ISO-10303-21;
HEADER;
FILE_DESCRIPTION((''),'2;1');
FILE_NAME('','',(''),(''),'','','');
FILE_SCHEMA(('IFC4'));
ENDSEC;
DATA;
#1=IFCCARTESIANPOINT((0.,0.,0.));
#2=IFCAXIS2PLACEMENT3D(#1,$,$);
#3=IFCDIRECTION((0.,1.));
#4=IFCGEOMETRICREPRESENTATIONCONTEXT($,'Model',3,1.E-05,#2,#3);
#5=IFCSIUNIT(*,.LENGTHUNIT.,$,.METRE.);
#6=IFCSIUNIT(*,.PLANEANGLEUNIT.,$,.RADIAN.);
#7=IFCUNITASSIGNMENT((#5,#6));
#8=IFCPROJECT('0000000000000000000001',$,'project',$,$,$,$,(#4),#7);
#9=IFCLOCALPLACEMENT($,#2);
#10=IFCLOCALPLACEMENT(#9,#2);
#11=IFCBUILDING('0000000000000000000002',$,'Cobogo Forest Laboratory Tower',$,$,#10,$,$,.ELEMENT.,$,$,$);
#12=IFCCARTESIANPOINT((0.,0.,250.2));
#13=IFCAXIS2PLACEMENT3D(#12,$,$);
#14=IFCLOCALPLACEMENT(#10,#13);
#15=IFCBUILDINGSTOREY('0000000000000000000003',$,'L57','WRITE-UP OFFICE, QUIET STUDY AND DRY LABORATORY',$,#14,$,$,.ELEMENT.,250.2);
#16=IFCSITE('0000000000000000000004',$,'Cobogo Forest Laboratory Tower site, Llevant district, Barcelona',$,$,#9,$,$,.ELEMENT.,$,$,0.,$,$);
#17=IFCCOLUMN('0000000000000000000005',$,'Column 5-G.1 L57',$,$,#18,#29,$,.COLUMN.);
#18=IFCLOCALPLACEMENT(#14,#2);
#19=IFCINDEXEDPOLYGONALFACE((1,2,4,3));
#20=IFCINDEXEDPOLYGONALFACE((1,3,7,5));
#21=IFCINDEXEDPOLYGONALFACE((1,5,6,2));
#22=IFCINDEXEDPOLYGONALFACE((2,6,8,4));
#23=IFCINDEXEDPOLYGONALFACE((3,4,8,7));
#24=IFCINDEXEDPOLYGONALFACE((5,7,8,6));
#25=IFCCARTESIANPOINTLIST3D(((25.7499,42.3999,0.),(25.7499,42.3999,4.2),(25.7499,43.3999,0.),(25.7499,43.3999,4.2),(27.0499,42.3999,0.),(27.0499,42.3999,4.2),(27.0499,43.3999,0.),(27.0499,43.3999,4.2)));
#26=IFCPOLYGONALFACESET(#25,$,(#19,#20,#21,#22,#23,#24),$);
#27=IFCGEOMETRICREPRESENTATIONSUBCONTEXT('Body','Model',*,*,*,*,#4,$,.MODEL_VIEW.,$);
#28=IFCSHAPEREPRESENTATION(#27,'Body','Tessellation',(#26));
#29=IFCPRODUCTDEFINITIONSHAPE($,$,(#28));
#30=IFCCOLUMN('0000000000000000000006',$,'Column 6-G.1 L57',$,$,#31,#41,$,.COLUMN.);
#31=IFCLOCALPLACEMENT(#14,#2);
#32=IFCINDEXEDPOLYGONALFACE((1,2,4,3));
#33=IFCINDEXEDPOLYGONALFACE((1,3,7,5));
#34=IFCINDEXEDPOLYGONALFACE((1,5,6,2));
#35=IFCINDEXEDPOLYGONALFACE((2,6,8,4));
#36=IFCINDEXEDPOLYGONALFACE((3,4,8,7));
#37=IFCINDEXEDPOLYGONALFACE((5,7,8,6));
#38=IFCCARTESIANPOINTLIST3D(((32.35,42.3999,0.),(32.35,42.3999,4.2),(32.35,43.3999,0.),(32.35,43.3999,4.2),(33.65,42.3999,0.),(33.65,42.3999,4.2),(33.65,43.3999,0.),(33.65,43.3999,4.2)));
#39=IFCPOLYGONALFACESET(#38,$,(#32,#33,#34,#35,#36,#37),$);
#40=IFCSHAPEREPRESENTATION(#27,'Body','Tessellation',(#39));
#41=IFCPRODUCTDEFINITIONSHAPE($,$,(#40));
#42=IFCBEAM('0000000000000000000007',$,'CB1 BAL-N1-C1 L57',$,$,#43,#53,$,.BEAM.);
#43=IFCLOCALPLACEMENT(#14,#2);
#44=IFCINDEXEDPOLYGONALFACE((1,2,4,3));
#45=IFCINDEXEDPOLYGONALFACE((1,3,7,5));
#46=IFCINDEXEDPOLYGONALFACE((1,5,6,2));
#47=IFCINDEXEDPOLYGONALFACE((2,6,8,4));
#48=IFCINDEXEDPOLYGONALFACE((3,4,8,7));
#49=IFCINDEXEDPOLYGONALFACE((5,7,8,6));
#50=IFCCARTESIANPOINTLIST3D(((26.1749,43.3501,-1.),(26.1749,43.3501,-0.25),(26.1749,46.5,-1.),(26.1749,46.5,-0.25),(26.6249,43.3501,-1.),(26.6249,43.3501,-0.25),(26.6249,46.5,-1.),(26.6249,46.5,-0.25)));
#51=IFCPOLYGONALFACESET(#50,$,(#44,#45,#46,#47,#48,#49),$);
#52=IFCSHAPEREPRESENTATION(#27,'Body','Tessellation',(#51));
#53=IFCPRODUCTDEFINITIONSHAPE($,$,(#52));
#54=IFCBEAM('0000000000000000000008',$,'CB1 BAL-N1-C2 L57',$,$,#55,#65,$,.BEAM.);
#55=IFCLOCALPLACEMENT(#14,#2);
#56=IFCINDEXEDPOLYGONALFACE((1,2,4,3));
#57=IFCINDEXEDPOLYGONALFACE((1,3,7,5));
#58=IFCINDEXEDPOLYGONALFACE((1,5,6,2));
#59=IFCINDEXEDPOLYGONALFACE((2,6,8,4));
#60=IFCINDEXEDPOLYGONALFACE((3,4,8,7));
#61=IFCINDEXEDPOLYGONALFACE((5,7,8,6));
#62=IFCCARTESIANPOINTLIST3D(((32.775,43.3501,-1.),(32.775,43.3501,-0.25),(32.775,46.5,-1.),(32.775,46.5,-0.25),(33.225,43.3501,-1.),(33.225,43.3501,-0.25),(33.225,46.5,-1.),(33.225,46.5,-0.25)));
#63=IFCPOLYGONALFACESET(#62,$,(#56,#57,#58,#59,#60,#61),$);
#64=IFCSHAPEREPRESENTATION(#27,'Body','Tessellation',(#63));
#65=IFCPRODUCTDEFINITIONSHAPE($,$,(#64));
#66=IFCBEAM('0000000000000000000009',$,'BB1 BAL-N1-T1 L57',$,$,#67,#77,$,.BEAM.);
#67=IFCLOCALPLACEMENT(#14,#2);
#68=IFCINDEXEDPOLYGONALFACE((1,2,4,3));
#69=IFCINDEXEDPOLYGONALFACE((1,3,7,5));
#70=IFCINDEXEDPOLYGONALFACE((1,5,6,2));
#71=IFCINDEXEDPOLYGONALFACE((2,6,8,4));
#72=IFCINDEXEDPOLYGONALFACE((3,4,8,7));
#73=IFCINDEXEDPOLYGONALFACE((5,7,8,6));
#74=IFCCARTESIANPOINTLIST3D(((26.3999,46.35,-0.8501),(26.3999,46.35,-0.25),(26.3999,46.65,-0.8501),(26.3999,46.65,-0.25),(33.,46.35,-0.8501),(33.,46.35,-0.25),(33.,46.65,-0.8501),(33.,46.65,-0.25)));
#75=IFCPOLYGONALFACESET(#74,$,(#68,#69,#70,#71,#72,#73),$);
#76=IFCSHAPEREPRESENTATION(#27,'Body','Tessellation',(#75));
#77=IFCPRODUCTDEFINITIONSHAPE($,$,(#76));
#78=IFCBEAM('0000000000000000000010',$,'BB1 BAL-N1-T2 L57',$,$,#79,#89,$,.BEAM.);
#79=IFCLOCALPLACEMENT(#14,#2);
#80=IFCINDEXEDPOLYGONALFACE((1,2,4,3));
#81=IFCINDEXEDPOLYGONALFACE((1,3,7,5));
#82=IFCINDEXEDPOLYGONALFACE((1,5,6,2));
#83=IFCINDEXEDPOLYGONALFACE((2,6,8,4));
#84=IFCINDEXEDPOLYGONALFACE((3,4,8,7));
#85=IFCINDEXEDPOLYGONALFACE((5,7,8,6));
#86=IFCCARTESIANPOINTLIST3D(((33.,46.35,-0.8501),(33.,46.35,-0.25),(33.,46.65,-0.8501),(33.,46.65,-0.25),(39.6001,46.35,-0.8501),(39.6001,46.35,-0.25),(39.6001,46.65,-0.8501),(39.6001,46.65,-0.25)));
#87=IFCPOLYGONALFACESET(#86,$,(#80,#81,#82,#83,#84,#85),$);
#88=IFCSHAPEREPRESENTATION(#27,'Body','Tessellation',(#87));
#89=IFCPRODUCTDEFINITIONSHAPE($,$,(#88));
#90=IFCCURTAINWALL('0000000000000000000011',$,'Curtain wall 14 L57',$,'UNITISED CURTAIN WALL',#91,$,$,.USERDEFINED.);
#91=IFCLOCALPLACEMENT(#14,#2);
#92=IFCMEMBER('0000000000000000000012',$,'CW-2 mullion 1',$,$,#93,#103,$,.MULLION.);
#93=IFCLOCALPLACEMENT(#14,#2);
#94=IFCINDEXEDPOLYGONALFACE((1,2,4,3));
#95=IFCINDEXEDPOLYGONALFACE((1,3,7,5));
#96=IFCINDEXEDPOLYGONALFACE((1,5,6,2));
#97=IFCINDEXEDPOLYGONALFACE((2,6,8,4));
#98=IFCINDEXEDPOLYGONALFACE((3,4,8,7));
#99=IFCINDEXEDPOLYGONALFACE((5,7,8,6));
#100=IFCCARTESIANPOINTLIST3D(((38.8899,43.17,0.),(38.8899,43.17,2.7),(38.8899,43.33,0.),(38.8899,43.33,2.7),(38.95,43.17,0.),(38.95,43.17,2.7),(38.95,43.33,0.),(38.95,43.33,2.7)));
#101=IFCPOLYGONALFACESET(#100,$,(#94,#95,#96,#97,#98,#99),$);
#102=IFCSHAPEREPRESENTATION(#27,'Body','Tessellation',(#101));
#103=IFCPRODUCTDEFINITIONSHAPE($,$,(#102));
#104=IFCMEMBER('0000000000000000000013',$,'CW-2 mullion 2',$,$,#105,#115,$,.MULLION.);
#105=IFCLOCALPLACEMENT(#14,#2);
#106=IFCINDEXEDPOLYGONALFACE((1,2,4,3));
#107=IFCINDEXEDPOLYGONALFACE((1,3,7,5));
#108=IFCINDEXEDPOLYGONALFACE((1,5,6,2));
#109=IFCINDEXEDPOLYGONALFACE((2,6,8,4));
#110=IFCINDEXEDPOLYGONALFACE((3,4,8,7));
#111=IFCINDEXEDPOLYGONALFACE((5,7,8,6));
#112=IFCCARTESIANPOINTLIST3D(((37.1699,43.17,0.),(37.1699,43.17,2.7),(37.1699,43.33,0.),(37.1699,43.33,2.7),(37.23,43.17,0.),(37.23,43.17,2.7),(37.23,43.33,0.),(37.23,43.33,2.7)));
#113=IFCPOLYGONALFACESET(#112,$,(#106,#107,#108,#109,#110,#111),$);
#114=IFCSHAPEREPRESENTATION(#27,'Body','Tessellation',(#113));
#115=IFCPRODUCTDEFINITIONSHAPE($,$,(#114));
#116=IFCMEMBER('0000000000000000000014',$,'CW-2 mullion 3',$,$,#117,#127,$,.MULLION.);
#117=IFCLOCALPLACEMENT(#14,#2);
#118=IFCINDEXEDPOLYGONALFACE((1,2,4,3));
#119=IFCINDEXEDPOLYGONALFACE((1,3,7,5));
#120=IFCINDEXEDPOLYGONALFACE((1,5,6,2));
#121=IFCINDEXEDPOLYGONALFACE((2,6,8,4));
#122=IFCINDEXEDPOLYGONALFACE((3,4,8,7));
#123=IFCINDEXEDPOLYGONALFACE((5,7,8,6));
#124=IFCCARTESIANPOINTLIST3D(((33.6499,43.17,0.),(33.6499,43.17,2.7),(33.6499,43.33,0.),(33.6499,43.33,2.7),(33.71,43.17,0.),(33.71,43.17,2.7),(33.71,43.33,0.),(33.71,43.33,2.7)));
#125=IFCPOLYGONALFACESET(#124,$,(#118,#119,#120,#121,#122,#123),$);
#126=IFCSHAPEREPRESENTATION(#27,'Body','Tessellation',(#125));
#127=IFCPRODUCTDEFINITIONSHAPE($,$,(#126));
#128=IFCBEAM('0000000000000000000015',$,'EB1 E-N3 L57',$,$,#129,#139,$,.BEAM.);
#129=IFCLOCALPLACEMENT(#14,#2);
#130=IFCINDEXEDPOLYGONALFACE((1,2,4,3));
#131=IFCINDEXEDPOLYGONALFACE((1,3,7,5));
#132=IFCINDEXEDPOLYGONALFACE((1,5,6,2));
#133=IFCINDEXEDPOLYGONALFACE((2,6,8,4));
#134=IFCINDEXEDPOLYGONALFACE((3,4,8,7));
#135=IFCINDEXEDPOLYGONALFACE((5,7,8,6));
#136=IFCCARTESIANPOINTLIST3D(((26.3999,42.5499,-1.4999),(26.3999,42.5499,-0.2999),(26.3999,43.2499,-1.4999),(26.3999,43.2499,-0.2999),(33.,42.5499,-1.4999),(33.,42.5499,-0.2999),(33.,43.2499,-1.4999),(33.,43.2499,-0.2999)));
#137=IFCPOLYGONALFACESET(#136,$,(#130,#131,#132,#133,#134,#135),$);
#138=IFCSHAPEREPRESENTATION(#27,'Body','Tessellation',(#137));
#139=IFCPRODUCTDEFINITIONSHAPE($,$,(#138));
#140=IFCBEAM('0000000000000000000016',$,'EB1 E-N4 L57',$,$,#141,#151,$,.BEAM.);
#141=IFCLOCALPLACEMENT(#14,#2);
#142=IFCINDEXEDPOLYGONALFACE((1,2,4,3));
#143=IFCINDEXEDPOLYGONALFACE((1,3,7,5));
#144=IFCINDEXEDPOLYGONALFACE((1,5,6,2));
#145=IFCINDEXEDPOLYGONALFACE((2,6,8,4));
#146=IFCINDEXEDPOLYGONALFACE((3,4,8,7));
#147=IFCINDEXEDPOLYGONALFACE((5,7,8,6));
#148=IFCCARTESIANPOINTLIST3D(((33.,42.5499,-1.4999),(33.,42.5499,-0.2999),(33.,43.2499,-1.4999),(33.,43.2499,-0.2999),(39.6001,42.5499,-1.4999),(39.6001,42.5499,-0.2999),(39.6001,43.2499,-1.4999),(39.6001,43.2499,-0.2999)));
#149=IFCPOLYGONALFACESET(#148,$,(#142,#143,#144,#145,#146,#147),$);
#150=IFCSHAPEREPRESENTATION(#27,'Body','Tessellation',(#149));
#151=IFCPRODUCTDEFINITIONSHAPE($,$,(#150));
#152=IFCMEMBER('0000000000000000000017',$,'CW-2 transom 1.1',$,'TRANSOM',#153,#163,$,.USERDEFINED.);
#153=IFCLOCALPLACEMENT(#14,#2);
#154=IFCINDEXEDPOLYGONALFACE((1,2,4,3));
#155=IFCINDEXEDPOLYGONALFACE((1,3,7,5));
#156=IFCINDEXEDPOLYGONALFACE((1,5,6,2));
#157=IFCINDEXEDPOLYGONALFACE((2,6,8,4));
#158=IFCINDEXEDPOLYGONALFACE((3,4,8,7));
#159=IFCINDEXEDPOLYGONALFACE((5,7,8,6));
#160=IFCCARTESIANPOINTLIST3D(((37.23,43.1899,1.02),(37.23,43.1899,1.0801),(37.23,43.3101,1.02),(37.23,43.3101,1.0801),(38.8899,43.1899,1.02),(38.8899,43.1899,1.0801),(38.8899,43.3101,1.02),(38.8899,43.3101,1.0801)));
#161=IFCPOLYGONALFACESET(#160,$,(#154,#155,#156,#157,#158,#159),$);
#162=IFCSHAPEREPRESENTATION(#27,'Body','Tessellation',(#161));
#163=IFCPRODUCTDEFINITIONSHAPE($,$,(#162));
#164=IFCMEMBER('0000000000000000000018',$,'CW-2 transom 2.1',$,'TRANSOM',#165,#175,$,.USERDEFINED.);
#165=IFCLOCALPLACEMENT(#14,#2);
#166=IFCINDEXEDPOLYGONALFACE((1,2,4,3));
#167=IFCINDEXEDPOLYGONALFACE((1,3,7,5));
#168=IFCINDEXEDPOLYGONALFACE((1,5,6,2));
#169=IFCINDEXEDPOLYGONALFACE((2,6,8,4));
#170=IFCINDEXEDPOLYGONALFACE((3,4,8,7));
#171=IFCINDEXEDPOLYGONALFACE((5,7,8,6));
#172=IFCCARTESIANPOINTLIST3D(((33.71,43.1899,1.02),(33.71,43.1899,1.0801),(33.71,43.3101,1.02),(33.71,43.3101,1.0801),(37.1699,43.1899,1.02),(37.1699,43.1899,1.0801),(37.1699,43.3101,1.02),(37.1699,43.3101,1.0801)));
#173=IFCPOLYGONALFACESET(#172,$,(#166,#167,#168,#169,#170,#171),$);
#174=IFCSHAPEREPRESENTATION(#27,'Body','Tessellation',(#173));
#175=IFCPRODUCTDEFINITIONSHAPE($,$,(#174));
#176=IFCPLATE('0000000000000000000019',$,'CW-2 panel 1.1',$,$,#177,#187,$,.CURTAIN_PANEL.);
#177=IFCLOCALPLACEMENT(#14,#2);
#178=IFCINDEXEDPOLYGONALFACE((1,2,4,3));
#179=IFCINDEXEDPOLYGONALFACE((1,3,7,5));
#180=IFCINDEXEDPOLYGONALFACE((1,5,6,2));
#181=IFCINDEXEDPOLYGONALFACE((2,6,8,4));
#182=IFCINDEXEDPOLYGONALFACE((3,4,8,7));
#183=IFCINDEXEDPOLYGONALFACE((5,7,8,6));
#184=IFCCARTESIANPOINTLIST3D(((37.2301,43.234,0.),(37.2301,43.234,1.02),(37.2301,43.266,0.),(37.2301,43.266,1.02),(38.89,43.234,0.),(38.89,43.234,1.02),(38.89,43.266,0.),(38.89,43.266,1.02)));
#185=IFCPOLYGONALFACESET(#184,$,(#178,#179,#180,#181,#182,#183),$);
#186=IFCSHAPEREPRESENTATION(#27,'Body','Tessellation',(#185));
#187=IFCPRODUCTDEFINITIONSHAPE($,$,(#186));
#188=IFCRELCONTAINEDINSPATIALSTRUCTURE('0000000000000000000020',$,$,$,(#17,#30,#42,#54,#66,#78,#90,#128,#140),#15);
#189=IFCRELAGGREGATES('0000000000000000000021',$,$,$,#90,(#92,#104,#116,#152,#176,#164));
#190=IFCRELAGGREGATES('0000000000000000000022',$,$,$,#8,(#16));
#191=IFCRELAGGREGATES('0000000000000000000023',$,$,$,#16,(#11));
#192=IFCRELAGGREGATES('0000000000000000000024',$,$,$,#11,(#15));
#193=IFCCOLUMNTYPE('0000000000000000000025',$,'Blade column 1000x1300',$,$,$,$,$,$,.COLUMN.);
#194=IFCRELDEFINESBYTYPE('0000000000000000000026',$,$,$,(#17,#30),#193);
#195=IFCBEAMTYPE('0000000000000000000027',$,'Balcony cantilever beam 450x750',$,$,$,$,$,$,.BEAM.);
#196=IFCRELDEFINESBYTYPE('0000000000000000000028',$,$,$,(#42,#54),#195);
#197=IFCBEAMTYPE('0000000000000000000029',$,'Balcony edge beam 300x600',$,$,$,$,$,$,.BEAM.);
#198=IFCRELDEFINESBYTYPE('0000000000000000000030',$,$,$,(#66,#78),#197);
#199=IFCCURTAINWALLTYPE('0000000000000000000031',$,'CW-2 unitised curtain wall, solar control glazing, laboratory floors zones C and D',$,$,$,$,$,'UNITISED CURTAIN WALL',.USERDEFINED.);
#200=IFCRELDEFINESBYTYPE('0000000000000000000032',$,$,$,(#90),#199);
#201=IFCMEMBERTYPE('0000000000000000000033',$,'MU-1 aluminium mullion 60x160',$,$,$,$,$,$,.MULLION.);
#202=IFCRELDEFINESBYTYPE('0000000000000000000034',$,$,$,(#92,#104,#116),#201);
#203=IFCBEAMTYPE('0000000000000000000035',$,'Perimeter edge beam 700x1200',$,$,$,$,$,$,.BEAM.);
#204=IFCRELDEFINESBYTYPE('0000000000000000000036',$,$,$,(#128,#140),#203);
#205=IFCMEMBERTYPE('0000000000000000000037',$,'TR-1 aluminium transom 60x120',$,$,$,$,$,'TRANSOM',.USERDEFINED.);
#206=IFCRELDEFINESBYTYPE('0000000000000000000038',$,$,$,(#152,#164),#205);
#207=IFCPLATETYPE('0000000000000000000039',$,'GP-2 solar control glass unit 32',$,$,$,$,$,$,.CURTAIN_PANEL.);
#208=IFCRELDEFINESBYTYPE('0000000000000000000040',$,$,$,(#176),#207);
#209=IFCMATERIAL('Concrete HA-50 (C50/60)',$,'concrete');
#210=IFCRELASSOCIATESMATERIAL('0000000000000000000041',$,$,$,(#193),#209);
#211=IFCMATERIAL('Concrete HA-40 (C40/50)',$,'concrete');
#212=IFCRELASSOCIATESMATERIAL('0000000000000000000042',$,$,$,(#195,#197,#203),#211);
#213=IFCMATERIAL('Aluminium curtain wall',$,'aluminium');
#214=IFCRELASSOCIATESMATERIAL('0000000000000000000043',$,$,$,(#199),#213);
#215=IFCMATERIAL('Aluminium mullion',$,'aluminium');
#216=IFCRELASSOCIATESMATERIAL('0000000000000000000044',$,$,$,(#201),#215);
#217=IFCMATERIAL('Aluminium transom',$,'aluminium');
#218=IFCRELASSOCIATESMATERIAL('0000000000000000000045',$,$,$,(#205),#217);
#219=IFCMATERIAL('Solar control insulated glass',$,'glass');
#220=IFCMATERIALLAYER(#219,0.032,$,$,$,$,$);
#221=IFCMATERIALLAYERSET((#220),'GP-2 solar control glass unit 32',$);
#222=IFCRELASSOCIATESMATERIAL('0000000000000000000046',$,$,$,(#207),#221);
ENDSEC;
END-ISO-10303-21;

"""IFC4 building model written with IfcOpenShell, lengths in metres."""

from ifc_helpers import new_model, si_unit, direction, frame, origin, origin_2d, place, context, subcontext, project, spatial, rectangle, extrude, material, layer, layer_set, material_profile, profile_set, type_object, element, aggregate, save


model = new_model("IFC4")

# Units and contexts
model_context = context("Model", 3, precision=1e-05, world=origin(), true_north=direction((0.0, 1.0)))
body_context = subcontext(model_context, "Body", "Model", "MODEL_VIEW")
ifc_project = project(units=[si_unit("LENGTHUNIT", "METRE"), si_unit("PLANEANGLEUNIT", "RADIAN")], contexts=[model_context])

# Site, building, storey
site_placement = place(None, origin())
site = spatial("IfcSite", under=ifc_project, at=site_placement, Name="Cobogo Forest Laboratory Tower site, Llevant district, Barcelona", CompositionType="ELEMENT", RefElevation=0.0)
building_placement = place(site_placement, origin())
building = spatial("IfcBuilding", under=site, at=building_placement, Name="Cobogo Forest Laboratory Tower", CompositionType="ELEMENT")
storey_placement = place(building_placement, frame((0.0, 0.0, 250.2)))
storey = spatial("IfcBuildingStorey", under=building, at=storey_placement, Name="L57", Description="WRITE-UP OFFICE, QUIET STUDY AND DRY LABORATORY", CompositionType="ELEMENT", Elevation=250.2)

# Columns
ifc_material_1 = material(Name="Concrete HA-50 (C50/60)", Category="concrete")
ifc_material_profile_1 = material_profile(ifc_material_1, rectangle(XDim=1.3, YDim=1.0, at=origin_2d()), Name="RC 1000x1300")
ifc_profile_set_1 = profile_set([ifc_material_profile_1], Name="Concrete HA-50 (C50/60)")
column_type = type_object("IfcColumnType", Name="Blade column 1000x1300", PredefinedType="COLUMN", material=ifc_profile_set_1)
for number, where, z_axis, x_axis, name in (
    (1, (26.3999, 42.8999, 0.0), (0.0, 0.0, 1.0), (1.0, 0.0, 0.0), "Column 5-G.1 L57"),
    (2, (33.0, 42.8999, 0.0), (0.0, 0.0, 1.0), (1.0, 0.0, 0.0), "Column 6-G.1 L57"),
):
    element("IfcColumn", number, at=place(storey_placement, frame(where, z_axis=z_axis, x_axis=x_axis)), inside=storey, type_object=column_type, Name=name, PredefinedType="COLUMN", context=body_context, shape_type="SweptSolid", body=[
        extrude(rectangle(XDim=1.3, YDim=1.0, at=origin_2d()), origin(), (0.0, 0.0, 1.0), 4.2),
    ])

# Beams
ifc_material_2 = material(Name="Concrete HA-40 (C40/50)", Category="concrete")
ifc_material_profile_2 = material_profile(ifc_material_2, rectangle(XDim=0.45, YDim=0.75, at=origin_2d()), Name="RC 450x750")
ifc_profile_set_2 = profile_set([ifc_material_profile_2], Name="Concrete HA-40 (C40/50)")
beam_type_1 = type_object("IfcBeamType", Name="Balcony cantilever beam 450x750", PredefinedType="BEAM", material=ifc_profile_set_2)
for number, where, z_axis, x_axis, name in (
    (3, (26.3999, 43.3501, -0.625), (0.0, 1.0, 0.0), (-1.0, 0.0, 0.0), "CB1 BAL-N1-C1 L57"),
    (4, (33.0, 43.3501, -0.625), (0.0, 1.0, 0.0), (-1.0, 0.0, 0.0), "CB1 BAL-N1-C2 L57"),
):
    element("IfcBeam", number, at=place(storey_placement, frame(where, z_axis=z_axis, x_axis=x_axis)), inside=storey, type_object=beam_type_1, Name=name, PredefinedType="BEAM", context=body_context, shape_type="SweptSolid", body=[
        extrude(rectangle(XDim=0.45, YDim=0.75, at=origin_2d()), origin(), (0.0, 0.0, 1.0), 3.1499),
    ])
ifc_material_profile_3 = material_profile(ifc_material_2, rectangle(XDim=0.3, YDim=0.6001, at=origin_2d()), Name="RC 300x600")
ifc_profile_set_3 = profile_set([ifc_material_profile_3], Name="Concrete HA-40 (C40/50)")
beam_type_2 = type_object("IfcBeamType", Name="Balcony edge beam 300x600", PredefinedType="BEAM", material=ifc_profile_set_3)
for number, where, z_axis, x_axis, name in (
    (5, (26.3999, 46.5, -0.55), (1.0, 0.0, 0.0), (0.0, 1.0, 0.0), "BB1 BAL-N1-T1 L57"),
    (6, (33.0, 46.5, -0.55), (1.0, 0.0, 0.0), (0.0, 1.0, 0.0), "BB1 BAL-N1-T2 L57"),
):
    element("IfcBeam", number, at=place(storey_placement, frame(where, z_axis=z_axis, x_axis=x_axis)), inside=storey, type_object=beam_type_2, Name=name, PredefinedType="BEAM", context=body_context, shape_type="SweptSolid", body=[
        extrude(rectangle(XDim=0.3, YDim=0.6001, at=origin_2d()), origin(), (0.0, 0.0, 1.0), 6.6001),
    ])

# Curtain wall, members
ifc_material_3 = material(Name="Aluminium curtain wall", Category="aluminium")
curtain_wall_type = type_object("IfcCurtainWallType", Name="CW-2 unitised curtain wall, solar control glazing, laboratory floors zones C and D", ElementType="UNITISED CURTAIN WALL", PredefinedType="USERDEFINED", material=ifc_material_3)
curtain_wall_placement = place(storey_placement, origin())
curtain_wall = element("IfcCurtainWall", 7, at=curtain_wall_placement, inside=storey, type_object=curtain_wall_type, Name="Curtain wall 14 L57", ObjectType="UNITISED CURTAIN WALL", PredefinedType="USERDEFINED")
ifc_material_4 = material(Name="Aluminium mullion", Category="aluminium")
ifc_material_profile_4 = material_profile(ifc_material_4, rectangle(XDim=0.0601, YDim=0.1599, at=origin_2d()), Name="AL 60x160")
ifc_profile_set_4 = profile_set([ifc_material_profile_4], Name="Aluminium mullion")
member_type_1 = type_object("IfcMemberType", Name="MU-1 aluminium mullion 60x160", PredefinedType="MULLION", material=ifc_profile_set_4)
member_1_placement = place(storey_placement, frame((38.9199, 43.25, 0.0), z_axis=(0.0, 0.0, 1.0), x_axis=(-1.0, 0.0, 0.0)))
member_1 = element("IfcMember", 8, at=member_1_placement, type_object=member_type_1, Name="CW-2 mullion 1", PredefinedType="MULLION", context=body_context, shape_type="SweptSolid", body=[
    extrude(rectangle(XDim=0.0601, YDim=0.1599, at=origin_2d()), origin(), (0.0, 0.0, 1.0), 2.7),
])
member_2_placement = place(storey_placement, frame((37.2, 43.25, 0.0), z_axis=(0.0, 0.0, 1.0), x_axis=(-1.0, 0.0, 0.0)))
member_2 = element("IfcMember", 9, at=member_2_placement, type_object=member_type_1, Name="CW-2 mullion 2", PredefinedType="MULLION", context=body_context, shape_type="SweptSolid", body=[
    extrude(rectangle(XDim=0.0601, YDim=0.1599, at=origin_2d()), origin(), (0.0, 0.0, 1.0), 2.7),
])
member_3_placement = place(storey_placement, frame((33.6799, 43.25, 0.0), z_axis=(0.0, 0.0, 1.0), x_axis=(-1.0, 0.0, 0.0)))
member_3 = element("IfcMember", 10, at=member_3_placement, type_object=member_type_1, Name="CW-2 mullion 3", PredefinedType="MULLION", context=body_context, shape_type="SweptSolid", body=[
    extrude(rectangle(XDim=0.0601, YDim=0.1599, at=origin_2d()), origin(), (0.0, 0.0, 1.0), 2.7),
])

# Beams
ifc_material_profile_5 = material_profile(ifc_material_2, rectangle(XDim=0.7, YDim=1.2, at=origin_2d()), Name="RC 700x1200")
ifc_profile_set_5 = profile_set([ifc_material_profile_5], Name="Concrete HA-40 (C40/50)")
beam_type_3 = type_object("IfcBeamType", Name="Perimeter edge beam 700x1200", PredefinedType="BEAM", material=ifc_profile_set_5)
for number, where, z_axis, x_axis, name in (
    (11, (26.3999, 42.8999, -0.8999), (1.0, 0.0, 0.0), (0.0, 1.0, 0.0), "EB1 E-N3 L57"),
    (12, (33.0, 42.8999, -0.8999), (1.0, 0.0, 0.0), (0.0, 1.0, 0.0), "EB1 E-N4 L57"),
):
    element("IfcBeam", number, at=place(storey_placement, frame(where, z_axis=z_axis, x_axis=x_axis)), inside=storey, type_object=beam_type_3, Name=name, PredefinedType="BEAM", context=body_context, shape_type="SweptSolid", body=[
        extrude(rectangle(XDim=0.7, YDim=1.2, at=origin_2d()), origin(), (0.0, 0.0, 1.0), 6.6001),
    ])

# Members
ifc_material_5 = material(Name="Aluminium transom", Category="aluminium")
ifc_material_profile_6 = material_profile(ifc_material_5, rectangle(XDim=0.1201, YDim=0.0601, at=origin_2d()), Name="AL 60x120")
ifc_profile_set_6 = profile_set([ifc_material_profile_6], Name="Aluminium transom")
member_type_2 = type_object("IfcMemberType", Name="TR-1 aluminium transom 60x120", ElementType="TRANSOM", PredefinedType="USERDEFINED", material=ifc_profile_set_6)
member_4_placement = place(storey_placement, frame((38.8899, 43.25, 1.05), z_axis=(-1.0, 0.0, 0.0), x_axis=(0.0, -1.0, 0.0)))
member_4 = element("IfcMember", 13, at=member_4_placement, type_object=member_type_2, Name="CW-2 transom 1.1", ObjectType="TRANSOM", PredefinedType="USERDEFINED", context=body_context, shape_type="SweptSolid", body=[
    extrude(rectangle(XDim=0.1201, YDim=0.0601, at=origin_2d()), origin(), (0.0, 0.0, 1.0), 1.6599),
])
member_5_placement = place(storey_placement, frame((37.1699, 43.25, 1.05), z_axis=(-1.0, 0.0, 0.0), x_axis=(0.0, -1.0, 0.0)))
member_5 = element("IfcMember", 14, at=member_5_placement, type_object=member_type_2, Name="CW-2 transom 2.1", ObjectType="TRANSOM", PredefinedType="USERDEFINED", context=body_context, shape_type="SweptSolid", body=[
    extrude(rectangle(XDim=0.1201, YDim=0.0601, at=origin_2d()), origin(), (0.0, 0.0, 1.0), 3.46),
])

# Plate
ifc_material_6 = material(Name="Solar control insulated glass", Category="glass")
ifc_layer_1 = layer(ifc_material_6, 0.032)
ifc_layer_set_1 = layer_set([ifc_layer_1], Name="GP-2 solar control glass unit 32")
plate_type = type_object("IfcPlateType", Name="GP-2 solar control glass unit 32", PredefinedType="CURTAIN_PANEL", material=ifc_layer_set_1)
plate_1_placement = place(storey_placement, frame((38.0601, 43.25, 0.0), z_axis=(0.0, 0.0, 1.0), x_axis=(-1.0, 0.0, 0.0)))
plate_1 = element("IfcPlate", 15, at=plate_1_placement, type_object=plate_type, Name="CW-2 panel 1.1", PredefinedType="CURTAIN_PANEL", context=body_context, shape_type="SweptSolid", body=[
    extrude(rectangle(XDim=1.6599, YDim=0.032, at=origin_2d()), origin(), (0.0, 0.0, 1.0), 1.02),
])
aggregate(curtain_wall, [member_1, member_2, member_3, member_4, plate_1, member_5])

save(model, "model.ifc")
